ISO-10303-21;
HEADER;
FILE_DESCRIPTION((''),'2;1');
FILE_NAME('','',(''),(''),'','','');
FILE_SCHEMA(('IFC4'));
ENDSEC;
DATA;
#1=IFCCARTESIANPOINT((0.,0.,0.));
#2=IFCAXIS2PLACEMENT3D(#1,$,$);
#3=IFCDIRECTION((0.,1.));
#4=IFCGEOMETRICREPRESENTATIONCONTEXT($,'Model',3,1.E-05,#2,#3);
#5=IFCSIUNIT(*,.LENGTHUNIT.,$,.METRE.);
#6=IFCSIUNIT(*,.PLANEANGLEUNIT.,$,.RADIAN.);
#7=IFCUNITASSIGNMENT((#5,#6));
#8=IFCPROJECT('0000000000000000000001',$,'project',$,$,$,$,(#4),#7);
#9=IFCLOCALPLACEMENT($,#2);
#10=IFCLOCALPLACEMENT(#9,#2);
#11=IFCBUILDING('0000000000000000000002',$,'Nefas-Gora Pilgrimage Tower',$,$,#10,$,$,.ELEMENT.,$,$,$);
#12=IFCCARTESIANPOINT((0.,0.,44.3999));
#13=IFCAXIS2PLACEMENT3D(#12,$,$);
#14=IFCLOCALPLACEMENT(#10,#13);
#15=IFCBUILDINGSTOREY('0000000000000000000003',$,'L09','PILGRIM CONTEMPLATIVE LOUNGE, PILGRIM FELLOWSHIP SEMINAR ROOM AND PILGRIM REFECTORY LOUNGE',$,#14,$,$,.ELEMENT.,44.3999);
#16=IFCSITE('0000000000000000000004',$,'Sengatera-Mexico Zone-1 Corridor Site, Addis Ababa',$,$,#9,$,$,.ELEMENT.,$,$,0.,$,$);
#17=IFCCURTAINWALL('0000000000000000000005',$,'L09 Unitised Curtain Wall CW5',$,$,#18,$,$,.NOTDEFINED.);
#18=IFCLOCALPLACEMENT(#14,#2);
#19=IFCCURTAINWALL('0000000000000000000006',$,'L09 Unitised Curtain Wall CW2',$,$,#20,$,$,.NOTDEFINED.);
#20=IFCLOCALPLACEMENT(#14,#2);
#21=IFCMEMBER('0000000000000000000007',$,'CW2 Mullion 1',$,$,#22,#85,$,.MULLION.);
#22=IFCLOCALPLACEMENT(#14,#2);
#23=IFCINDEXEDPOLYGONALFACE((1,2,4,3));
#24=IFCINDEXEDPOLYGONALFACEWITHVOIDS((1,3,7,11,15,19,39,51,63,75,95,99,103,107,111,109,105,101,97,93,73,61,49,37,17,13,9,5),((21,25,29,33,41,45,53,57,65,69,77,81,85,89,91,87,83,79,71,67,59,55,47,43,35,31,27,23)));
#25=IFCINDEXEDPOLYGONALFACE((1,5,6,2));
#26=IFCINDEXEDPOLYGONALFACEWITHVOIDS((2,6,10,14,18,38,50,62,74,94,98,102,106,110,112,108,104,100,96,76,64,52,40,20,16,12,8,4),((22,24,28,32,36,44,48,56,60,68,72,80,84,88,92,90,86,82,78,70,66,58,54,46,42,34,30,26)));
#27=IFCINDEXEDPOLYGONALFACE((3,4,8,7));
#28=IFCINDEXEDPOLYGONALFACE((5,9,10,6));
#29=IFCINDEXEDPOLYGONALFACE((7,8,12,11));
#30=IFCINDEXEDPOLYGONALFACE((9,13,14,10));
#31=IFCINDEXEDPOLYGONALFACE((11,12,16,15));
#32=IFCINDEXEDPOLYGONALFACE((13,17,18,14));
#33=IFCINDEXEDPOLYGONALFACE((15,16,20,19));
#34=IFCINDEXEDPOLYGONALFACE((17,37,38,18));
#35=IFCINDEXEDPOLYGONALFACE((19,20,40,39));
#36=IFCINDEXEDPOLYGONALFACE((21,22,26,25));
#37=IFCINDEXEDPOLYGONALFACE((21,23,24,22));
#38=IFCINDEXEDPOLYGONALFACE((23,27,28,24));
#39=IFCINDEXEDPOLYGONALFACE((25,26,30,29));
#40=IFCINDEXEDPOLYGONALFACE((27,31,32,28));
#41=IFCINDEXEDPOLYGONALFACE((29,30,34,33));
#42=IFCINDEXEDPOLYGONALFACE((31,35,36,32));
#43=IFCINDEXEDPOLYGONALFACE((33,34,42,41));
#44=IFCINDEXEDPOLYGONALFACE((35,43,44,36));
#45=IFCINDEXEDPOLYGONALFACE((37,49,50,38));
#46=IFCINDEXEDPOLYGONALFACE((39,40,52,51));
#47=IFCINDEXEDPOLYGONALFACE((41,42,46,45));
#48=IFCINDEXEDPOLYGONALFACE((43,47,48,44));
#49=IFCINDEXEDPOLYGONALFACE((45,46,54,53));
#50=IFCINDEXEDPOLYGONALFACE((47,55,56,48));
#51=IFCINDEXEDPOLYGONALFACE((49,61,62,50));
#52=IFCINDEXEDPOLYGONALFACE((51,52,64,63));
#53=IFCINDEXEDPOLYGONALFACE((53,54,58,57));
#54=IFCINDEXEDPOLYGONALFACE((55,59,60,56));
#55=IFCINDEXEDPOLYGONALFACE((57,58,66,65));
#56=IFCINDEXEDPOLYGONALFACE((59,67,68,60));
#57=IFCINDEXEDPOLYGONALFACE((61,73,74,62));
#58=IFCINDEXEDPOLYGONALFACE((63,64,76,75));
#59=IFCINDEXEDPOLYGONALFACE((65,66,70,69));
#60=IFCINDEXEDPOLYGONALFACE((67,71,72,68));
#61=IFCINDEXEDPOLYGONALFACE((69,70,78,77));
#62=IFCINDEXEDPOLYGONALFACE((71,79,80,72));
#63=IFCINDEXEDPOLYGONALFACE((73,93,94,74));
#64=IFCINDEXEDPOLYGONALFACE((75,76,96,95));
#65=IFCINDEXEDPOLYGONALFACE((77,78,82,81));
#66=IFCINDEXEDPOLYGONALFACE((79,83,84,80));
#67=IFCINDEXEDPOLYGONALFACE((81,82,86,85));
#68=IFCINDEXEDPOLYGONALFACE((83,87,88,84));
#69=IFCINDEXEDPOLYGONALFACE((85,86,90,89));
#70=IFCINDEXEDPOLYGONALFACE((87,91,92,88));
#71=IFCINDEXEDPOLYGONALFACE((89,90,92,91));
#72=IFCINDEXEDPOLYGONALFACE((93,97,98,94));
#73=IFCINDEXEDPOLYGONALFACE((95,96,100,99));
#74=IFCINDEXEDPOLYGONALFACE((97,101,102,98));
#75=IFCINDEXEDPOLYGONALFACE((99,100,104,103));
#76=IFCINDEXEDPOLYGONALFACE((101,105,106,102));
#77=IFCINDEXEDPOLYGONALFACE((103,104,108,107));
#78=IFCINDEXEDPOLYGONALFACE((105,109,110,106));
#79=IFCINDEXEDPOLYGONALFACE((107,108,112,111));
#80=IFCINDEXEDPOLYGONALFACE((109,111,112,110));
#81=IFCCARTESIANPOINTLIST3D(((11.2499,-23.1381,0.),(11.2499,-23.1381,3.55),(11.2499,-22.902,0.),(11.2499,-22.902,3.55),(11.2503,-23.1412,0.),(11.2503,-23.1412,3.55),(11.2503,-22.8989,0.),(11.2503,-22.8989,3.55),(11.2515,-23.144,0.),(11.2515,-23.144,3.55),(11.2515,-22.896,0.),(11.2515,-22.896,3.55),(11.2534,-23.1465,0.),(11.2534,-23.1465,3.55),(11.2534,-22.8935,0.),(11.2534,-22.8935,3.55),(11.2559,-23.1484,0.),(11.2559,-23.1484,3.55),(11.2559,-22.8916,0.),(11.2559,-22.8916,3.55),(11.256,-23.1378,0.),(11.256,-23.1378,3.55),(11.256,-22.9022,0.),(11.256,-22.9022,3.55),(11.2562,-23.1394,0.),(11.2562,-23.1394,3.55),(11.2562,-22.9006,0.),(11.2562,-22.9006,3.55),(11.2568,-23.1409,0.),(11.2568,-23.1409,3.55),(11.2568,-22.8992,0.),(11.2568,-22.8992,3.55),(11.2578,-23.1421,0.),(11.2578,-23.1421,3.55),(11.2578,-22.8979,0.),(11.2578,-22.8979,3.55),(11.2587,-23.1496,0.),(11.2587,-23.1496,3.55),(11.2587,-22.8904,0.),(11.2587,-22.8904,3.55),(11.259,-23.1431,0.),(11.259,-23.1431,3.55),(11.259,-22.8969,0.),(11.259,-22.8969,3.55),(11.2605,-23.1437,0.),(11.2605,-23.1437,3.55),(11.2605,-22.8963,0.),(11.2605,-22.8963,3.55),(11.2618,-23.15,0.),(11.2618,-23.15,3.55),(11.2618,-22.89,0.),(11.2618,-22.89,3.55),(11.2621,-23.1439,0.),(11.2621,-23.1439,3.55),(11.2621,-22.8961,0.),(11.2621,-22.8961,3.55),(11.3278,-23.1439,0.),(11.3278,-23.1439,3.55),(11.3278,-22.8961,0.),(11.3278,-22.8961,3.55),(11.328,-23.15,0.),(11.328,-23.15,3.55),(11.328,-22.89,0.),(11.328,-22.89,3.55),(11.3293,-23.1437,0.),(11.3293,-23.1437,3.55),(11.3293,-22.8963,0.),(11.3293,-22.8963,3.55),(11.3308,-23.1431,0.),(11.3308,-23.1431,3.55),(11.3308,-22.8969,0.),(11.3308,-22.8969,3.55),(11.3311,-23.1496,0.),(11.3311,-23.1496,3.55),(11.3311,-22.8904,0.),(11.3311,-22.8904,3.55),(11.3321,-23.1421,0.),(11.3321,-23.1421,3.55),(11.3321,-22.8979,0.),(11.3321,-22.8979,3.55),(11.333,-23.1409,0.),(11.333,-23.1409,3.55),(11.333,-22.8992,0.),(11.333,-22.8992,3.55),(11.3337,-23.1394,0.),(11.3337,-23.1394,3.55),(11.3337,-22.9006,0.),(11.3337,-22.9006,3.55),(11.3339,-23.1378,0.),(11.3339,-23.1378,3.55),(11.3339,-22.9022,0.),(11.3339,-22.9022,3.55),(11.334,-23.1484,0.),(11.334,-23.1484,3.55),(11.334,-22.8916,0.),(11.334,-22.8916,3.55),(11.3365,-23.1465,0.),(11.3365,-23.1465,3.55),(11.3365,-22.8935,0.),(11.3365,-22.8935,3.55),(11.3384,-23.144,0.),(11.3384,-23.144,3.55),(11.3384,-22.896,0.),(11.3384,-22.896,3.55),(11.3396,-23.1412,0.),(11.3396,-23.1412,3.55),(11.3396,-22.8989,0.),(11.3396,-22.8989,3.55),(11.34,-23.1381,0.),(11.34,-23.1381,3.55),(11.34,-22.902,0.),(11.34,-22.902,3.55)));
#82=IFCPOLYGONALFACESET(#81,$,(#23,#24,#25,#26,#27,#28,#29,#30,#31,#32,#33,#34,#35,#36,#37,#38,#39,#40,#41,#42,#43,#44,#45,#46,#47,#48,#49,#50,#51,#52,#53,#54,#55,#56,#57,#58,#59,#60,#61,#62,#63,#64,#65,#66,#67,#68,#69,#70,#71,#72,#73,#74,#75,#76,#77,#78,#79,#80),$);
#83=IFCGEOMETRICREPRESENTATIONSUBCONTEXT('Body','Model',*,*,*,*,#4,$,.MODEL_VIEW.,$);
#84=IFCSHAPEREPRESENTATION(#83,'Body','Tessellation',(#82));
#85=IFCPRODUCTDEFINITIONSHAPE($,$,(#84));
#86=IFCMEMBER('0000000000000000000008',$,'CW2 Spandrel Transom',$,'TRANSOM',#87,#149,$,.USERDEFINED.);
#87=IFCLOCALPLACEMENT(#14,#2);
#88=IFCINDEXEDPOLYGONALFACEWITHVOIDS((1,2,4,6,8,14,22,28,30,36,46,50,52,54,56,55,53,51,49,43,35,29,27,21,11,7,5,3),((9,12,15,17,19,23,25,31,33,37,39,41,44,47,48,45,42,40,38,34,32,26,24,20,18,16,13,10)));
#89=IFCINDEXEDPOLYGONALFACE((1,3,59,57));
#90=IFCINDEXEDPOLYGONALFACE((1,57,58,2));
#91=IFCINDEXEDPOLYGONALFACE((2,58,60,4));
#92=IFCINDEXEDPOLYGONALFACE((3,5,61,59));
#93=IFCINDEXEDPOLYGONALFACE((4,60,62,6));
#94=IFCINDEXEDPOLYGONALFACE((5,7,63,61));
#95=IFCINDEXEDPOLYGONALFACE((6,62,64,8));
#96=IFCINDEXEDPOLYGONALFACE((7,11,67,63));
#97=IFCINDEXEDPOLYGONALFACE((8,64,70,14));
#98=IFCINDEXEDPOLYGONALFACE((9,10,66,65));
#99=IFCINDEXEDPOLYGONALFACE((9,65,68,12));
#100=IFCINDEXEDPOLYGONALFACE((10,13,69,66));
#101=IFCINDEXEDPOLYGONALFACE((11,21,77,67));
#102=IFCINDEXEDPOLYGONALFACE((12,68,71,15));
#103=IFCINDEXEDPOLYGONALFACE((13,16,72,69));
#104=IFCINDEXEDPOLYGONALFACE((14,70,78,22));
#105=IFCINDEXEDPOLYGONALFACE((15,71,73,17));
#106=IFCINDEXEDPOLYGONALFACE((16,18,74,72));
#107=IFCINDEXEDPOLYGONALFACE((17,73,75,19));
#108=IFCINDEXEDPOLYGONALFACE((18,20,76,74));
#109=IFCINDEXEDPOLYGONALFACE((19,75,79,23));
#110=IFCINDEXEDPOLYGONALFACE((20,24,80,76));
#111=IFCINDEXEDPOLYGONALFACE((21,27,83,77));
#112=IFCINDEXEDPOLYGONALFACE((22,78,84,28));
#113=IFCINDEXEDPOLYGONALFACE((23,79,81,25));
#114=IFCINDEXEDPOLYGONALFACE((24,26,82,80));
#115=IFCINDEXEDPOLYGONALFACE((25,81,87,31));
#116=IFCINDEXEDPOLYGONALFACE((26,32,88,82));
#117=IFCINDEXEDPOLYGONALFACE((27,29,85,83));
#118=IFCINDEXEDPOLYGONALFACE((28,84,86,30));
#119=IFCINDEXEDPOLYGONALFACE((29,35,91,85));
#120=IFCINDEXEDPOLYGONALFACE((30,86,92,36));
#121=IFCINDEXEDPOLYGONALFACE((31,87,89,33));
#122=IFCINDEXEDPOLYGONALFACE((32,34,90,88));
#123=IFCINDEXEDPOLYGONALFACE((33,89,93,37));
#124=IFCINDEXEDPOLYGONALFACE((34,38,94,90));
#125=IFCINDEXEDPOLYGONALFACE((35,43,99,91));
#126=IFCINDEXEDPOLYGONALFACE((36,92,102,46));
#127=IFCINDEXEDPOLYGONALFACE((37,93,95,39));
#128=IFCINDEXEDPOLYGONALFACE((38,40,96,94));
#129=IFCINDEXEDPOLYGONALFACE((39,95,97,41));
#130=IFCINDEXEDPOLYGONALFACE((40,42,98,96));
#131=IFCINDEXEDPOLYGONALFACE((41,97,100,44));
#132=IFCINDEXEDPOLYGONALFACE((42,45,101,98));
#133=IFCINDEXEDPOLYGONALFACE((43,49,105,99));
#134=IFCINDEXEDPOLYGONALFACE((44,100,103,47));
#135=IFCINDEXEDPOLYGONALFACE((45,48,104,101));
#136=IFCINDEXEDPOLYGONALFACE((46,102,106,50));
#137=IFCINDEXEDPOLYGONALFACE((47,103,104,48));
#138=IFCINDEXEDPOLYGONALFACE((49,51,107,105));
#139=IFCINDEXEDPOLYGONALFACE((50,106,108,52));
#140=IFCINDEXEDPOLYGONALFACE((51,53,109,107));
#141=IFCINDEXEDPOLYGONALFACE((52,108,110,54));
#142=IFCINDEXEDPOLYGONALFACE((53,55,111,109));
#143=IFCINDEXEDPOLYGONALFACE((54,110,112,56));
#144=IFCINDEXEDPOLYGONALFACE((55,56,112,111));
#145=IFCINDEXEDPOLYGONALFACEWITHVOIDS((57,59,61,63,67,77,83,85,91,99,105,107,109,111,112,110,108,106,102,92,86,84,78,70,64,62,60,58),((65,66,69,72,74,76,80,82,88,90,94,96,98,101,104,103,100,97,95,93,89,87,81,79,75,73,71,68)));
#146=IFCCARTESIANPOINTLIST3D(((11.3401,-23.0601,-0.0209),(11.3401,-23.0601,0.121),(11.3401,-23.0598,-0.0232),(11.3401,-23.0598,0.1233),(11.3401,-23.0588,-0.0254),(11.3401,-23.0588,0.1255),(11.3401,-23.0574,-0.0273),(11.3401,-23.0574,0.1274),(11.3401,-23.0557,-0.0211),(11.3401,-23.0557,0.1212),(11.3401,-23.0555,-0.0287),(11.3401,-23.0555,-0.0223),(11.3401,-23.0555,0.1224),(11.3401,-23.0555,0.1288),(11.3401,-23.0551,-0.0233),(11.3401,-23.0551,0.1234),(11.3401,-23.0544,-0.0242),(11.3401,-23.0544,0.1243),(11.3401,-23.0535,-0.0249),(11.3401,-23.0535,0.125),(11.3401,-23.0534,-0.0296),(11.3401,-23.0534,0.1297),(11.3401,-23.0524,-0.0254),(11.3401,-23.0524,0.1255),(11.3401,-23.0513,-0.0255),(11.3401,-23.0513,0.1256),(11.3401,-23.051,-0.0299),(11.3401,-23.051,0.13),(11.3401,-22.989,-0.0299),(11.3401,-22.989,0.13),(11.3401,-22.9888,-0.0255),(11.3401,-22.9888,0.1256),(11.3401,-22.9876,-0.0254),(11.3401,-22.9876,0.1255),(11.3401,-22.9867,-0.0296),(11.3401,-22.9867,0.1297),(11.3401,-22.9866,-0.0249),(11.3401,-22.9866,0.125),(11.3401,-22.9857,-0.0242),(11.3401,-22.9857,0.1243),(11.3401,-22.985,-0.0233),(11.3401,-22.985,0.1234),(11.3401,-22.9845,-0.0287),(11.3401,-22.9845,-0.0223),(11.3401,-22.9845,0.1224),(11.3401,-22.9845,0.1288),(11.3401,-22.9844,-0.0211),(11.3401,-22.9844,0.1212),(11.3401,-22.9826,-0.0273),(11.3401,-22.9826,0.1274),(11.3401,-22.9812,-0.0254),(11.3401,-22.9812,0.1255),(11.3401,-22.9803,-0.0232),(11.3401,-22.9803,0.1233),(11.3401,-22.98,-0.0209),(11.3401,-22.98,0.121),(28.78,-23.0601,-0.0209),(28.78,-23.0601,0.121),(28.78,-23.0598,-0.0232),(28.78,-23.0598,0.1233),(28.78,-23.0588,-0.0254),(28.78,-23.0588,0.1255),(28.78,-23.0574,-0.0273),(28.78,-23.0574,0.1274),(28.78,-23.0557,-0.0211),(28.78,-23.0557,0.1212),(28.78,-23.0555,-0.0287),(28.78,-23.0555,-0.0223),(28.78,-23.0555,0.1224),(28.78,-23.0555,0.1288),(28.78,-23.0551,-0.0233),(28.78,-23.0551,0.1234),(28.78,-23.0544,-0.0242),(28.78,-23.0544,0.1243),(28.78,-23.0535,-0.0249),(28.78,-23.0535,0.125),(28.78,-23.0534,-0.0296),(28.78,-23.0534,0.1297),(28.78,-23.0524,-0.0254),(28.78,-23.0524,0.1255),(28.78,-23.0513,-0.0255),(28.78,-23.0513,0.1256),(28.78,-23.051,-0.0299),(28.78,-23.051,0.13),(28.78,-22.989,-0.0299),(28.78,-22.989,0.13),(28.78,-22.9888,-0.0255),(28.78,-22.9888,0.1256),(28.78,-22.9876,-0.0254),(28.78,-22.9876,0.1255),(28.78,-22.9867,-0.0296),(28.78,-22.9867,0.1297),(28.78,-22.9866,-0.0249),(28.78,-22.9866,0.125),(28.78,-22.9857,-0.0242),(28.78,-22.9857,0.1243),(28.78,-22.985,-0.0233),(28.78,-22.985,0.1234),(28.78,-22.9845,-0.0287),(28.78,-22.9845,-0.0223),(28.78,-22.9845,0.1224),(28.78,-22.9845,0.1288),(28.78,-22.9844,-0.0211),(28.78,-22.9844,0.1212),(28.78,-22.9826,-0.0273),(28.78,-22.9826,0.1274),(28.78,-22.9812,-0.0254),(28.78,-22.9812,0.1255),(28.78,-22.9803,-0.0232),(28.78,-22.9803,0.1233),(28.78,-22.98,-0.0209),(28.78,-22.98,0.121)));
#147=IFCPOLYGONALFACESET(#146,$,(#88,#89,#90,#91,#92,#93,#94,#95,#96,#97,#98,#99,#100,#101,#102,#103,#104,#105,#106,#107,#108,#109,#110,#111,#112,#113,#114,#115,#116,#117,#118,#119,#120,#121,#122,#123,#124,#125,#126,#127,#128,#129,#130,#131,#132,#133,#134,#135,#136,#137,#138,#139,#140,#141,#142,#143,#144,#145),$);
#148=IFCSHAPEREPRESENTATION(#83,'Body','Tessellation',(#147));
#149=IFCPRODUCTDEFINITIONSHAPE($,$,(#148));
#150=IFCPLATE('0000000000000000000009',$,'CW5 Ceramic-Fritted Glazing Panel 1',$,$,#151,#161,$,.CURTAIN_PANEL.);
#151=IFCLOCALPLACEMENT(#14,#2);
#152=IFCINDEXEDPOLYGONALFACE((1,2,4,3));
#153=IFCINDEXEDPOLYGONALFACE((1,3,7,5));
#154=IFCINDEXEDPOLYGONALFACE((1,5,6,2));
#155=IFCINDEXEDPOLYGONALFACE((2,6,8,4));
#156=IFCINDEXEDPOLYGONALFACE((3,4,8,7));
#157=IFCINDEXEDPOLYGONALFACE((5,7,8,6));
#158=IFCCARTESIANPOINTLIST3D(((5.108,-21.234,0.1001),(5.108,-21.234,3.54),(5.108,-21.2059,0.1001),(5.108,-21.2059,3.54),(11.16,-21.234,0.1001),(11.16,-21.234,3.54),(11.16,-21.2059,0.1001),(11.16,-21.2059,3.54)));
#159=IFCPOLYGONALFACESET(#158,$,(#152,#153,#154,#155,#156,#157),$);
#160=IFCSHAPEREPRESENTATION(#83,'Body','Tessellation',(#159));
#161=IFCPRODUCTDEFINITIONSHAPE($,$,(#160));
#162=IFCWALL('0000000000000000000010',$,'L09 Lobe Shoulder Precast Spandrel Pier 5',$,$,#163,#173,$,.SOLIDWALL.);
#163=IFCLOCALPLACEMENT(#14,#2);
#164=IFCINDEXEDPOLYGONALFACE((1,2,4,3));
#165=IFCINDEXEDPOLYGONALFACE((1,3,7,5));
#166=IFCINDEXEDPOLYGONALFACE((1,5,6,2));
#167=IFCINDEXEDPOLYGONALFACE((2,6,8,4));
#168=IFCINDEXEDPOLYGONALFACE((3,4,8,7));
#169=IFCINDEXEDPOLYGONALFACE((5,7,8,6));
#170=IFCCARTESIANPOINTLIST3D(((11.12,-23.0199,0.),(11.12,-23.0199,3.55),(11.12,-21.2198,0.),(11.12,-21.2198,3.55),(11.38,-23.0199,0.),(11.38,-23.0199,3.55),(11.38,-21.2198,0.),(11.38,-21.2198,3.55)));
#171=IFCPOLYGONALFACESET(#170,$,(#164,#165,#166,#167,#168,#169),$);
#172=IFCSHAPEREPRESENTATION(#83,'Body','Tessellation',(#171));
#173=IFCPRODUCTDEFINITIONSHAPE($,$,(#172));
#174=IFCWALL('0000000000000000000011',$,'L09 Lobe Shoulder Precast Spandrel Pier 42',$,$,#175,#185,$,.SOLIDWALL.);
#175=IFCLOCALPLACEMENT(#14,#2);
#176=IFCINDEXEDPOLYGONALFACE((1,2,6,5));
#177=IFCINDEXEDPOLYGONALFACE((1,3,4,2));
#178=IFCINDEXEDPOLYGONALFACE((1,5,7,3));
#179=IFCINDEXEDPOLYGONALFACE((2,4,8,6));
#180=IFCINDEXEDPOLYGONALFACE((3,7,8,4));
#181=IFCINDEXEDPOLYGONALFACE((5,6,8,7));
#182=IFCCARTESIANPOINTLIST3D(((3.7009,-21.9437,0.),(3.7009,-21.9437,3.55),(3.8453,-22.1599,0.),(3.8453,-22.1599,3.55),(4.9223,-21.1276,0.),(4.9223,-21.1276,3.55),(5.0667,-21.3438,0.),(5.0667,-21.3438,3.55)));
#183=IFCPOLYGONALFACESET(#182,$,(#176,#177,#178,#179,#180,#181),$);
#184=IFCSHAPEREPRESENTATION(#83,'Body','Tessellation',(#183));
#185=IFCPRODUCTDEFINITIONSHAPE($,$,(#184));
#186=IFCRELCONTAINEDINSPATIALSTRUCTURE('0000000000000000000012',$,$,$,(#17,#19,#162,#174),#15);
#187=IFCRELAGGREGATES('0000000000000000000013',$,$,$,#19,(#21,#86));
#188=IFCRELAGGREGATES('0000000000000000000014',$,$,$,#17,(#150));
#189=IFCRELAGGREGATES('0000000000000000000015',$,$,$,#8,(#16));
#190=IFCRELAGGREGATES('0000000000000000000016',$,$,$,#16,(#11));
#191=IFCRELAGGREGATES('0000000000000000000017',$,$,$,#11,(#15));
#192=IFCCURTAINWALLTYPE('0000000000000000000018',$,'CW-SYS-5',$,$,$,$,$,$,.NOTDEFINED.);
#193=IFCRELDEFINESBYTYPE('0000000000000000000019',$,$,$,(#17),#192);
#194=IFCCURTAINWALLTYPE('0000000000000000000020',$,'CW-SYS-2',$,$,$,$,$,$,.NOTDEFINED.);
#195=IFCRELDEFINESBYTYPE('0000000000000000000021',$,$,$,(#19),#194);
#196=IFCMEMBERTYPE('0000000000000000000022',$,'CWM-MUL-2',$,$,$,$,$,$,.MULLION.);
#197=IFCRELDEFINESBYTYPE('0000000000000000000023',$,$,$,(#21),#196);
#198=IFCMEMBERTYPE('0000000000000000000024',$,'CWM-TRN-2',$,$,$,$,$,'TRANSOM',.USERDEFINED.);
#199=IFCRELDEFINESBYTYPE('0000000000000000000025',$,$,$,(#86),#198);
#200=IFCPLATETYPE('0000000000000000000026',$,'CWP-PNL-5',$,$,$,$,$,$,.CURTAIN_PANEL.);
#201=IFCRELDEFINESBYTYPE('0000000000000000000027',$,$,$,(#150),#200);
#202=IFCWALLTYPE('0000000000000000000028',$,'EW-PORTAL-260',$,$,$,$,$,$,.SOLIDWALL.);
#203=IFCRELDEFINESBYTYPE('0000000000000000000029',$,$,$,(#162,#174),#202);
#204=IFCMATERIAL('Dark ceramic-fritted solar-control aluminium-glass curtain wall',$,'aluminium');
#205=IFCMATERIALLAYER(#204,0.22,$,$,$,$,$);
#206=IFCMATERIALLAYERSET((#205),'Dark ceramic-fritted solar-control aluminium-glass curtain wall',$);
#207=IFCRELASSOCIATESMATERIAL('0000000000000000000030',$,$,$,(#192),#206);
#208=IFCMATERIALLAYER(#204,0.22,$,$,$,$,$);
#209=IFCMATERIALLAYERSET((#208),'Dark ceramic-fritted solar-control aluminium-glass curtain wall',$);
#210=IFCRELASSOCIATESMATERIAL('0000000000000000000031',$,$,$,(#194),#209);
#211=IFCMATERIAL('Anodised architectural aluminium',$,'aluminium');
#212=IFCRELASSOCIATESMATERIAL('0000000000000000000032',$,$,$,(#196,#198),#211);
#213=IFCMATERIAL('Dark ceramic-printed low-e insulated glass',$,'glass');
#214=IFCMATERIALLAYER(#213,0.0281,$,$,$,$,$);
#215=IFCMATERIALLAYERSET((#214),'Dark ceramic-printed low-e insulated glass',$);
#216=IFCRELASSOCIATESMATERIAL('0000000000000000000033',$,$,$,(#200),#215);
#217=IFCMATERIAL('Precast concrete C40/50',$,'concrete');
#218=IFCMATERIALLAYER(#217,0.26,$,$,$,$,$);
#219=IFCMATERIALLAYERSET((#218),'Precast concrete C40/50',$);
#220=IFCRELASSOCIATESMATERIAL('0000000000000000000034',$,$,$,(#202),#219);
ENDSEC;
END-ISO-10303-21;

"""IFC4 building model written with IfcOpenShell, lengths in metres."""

from ifc_helpers import new_model, si_unit, direction, frame, frame_2d, origin, origin_2d, place, context, subcontext, project, spatial, rectangle, hollow_rectangle, extrude, source, transform, mapped, material, layer, layer_set, material_profile, profile_set, type_object, element, aggregate, save


model = new_model("IFC4")

# Units and contexts
model_context = context("Model", 3, precision=1e-05, world=origin(), true_north=direction((0.0, 1.0)))
body_context = subcontext(model_context, "Body", "Model", "MODEL_VIEW")
ifc_project = project(units=[si_unit("LENGTHUNIT", "METRE"), si_unit("PLANEANGLEUNIT", "RADIAN")], contexts=[model_context])

# Site, building, storey
site_placement = place(None, origin())
site = spatial("IfcSite", under=ifc_project, at=site_placement, Name="Sengatera-Mexico Zone-1 Corridor Site, Addis Ababa", CompositionType="ELEMENT", RefElevation=0.0)
building_placement = place(site_placement, origin())
building = spatial("IfcBuilding", under=site, at=building_placement, Name="Nefas-Gora Pilgrimage Tower", CompositionType="ELEMENT")
storey_placement = place(building_placement, frame((0.0, 0.0, 44.3999)))
storey = spatial("IfcBuildingStorey", under=building, at=storey_placement, Name="L09", Description="PILGRIM CONTEMPLATIVE LOUNGE, PILGRIM FELLOWSHIP SEMINAR ROOM AND PILGRIM REFECTORY LOUNGE", CompositionType="ELEMENT", Elevation=44.3999)

# Curtain wall
ifc_material_1 = material(Name="Dark ceramic-fritted solar-control aluminium-glass curtain wall", Category="aluminium")
ifc_layer_1 = layer(ifc_material_1, 0.22)
ifc_layer_set_1 = layer_set([ifc_layer_1], Name="Dark ceramic-fritted solar-control aluminium-glass curtain wall")
curtain_wall_type_1 = type_object("IfcCurtainWallType", Name="CW-SYS-5", PredefinedType="NOTDEFINED", material=ifc_layer_set_1)
curtain_wall_1_placement = place(storey_placement, origin())
curtain_wall_1 = element("IfcCurtainWall", 1, at=curtain_wall_1_placement, inside=storey, type_object=curtain_wall_type_1, Name="L09 Unitised Curtain Wall CW5", PredefinedType="NOTDEFINED")
ifc_material_2 = material(Name="Anodised architectural aluminium", Category="aluminium")

# Curtain wall, members
ifc_layer_2 = layer(ifc_material_1, 0.22)
ifc_layer_set_2 = layer_set([ifc_layer_2], Name="Dark ceramic-fritted solar-control aluminium-glass curtain wall")
curtain_wall_type_2 = type_object("IfcCurtainWallType", Name="CW-SYS-2", PredefinedType="NOTDEFINED", material=ifc_layer_set_2)
curtain_wall_2_placement = place(storey_placement, origin())
curtain_wall_2 = element("IfcCurtainWall", 2, at=curtain_wall_2_placement, inside=storey, type_object=curtain_wall_type_2, Name="L09 Unitised Curtain Wall CW2", PredefinedType="NOTDEFINED")
ifc_material_profile_1 = material_profile(ifc_material_2, hollow_rectangle(XDim=0.0901, YDim=0.26, WallThickness=0.0061, InnerFilletRadius=0.0061, OuterFilletRadius=0.012, at=origin_2d()), Name="ALU MULLION 90x260")
ifc_profile_set_1 = profile_set([ifc_material_profile_1], Name="Anodised architectural aluminium")
member_type_1 = type_object("IfcMemberType", Name="CWM-MUL-2", PredefinedType="MULLION", material=ifc_profile_set_1)
shared_shape_1 = source(origin(), body_context, "Body", "SweptSolid", [
    extrude(hollow_rectangle(XDim=0.0901, YDim=0.26, WallThickness=0.0061, InnerFilletRadius=0.0061, OuterFilletRadius=0.012, at=origin_2d()), origin(), (0.0, 0.0, 1.0), 3.55),
])
member_1_placement = place(storey_placement, frame((11.2949, -23.02, 0.0), z_axis=(0.0, 0.0, 1.0), x_axis=(1.0, 0.0, 0.0)))
member_1 = element("IfcMember", 3, at=member_1_placement, type_object=member_type_1, Name="CW2 Mullion 1", PredefinedType="MULLION", context=body_context, shape_type="MappedRepresentation", body=[
    mapped(shared_shape_1, transform((0.0, 0.0, 0.0), x_axis=(1.0, 0.0, 0.0), y_axis=(0.0, 1.0, 0.0), z_axis=(0.0, 0.0, 1.0), scale=1.0)),
])
ifc_material_profile_2 = material_profile(ifc_material_2, hollow_rectangle(XDim=0.0801, YDim=0.1599, WallThickness=0.0044, InnerFilletRadius=0.0044, OuterFilletRadius=0.009, at=origin_2d()), Name="ALU TRANSOM 80x160")
ifc_profile_set_2 = profile_set([ifc_material_profile_2], Name="Anodised architectural aluminium")
member_type_2 = type_object("IfcMemberType", Name="CWM-TRN-2", ElementType="TRANSOM", PredefinedType="USERDEFINED", material=ifc_profile_set_2)
shared_shape_2 = source(origin(), body_context, "Body", "SweptSolid", [
    extrude(hollow_rectangle(XDim=0.0801, YDim=0.1599, WallThickness=0.0044, InnerFilletRadius=0.0044, OuterFilletRadius=0.009, at=origin_2d()), origin(), (0.0, 0.0, 1.0), 17.4399),
])
member_2_placement = place(storey_placement, frame((11.3401, -23.02, 0.05), z_axis=(1.0, 0.0, 0.0), x_axis=(0.0, 1.0, 0.0)))
member_2 = element("IfcMember", 4, at=member_2_placement, type_object=member_type_2, Name="CW2 Spandrel Transom", ObjectType="TRANSOM", PredefinedType="USERDEFINED", context=body_context, shape_type="MappedRepresentation", body=[
    mapped(shared_shape_2, transform((0.0, 0.0, 0.0), x_axis=(1.0, 0.0, 0.0), y_axis=(0.0, 1.0, 0.0), z_axis=(0.0, 0.0, 1.0), scale=1.0)),
])
aggregate(curtain_wall_2, [member_1, member_2])

# Plate
ifc_material_3 = material(Name="Dark ceramic-printed low-e insulated glass", Category="glass")
ifc_layer_3 = layer(ifc_material_3, 0.0281)
ifc_layer_set_3 = layer_set([ifc_layer_3], Name="Dark ceramic-printed low-e insulated glass")
plate_type = type_object("IfcPlateType", Name="CWP-PNL-5", PredefinedType="CURTAIN_PANEL", material=ifc_layer_set_3)
shared_shape_3 = source(origin(), body_context, "Body", "SweptSolid", [
    extrude(rectangle(XDim=6.052, YDim=0.0281, at=origin_2d()), origin(), (0.0, 0.0, 1.0), 3.4399),
])
plate_placement = place(storey_placement, frame((8.134, -21.22, 0.1001), z_axis=(0.0, 0.0, 1.0), x_axis=(1.0, 0.0, 0.0)))
plate = element("IfcPlate", 5, at=plate_placement, type_object=plate_type, Name="CW5 Ceramic-Fritted Glazing Panel 1", PredefinedType="CURTAIN_PANEL", context=body_context, shape_type="MappedRepresentation", body=[
    mapped(shared_shape_3, transform((0.0, 0.0, 0.0), x_axis=(1.0, 0.0, 0.0), y_axis=(0.0, 1.0, 0.0), z_axis=(0.0, 0.0, 1.0), scale=1.0)),
])
aggregate(curtain_wall_1, [plate])

# Walls
ifc_material_4 = material(Name="Precast concrete C40/50", Category="concrete")
ifc_layer_4 = layer(ifc_material_4, 0.26)
ifc_layer_set_4 = layer_set([ifc_layer_4], Name="Precast concrete C40/50")
wall_type_1 = type_object("IfcWallType", Name="EW-PORTAL-260", PredefinedType="SOLIDWALL", material=ifc_layer_set_4)
shared_shape_4 = source(origin(), body_context, "Body", "SweptSolid", [
    extrude(rectangle(XDim=1.8, YDim=0.26, at=frame_2d((0.8999, 0.0))), origin(), (0.0, 0.0, 1.0), 3.55),
])
wall_1_placement = place(storey_placement, frame((11.25, -21.22, 0.0), z_axis=(0.0, 0.0, 1.0), x_axis=(0.0, -1.0, 0.0)))
element("IfcWall", 6, at=wall_1_placement, inside=storey, type_object=wall_type_1, Name="L09 Lobe Shoulder Precast Spandrel Pier 5", PredefinedType="SOLIDWALL", context=body_context, shape_type="MappedRepresentation", body=[
    mapped(shared_shape_4, transform((0.0, 0.0, 0.0), x_axis=(1.0, 0.0, 0.0), y_axis=(0.0, 1.0, 0.0), z_axis=(0.0, 0.0, 1.0), scale=1.0)),
])
shared_shape_5 = source(origin(), body_context, "Body", "SweptSolid", [
    extrude(rectangle(XDim=1.469, YDim=0.26, at=frame_2d((0.7344, 0.0))), origin(), (0.0, 0.0, 1.0), 3.55),
])
wall_2_placement = place(storey_placement, frame((3.7732, -22.0518, 0.0), z_axis=(0.0, 0.0, 1.0), x_axis=(0.831462, 0.555582, 0.0)))
element("IfcWall", 7, at=wall_2_placement, inside=storey, type_object=wall_type_1, Name="L09 Lobe Shoulder Precast Spandrel Pier 42", PredefinedType="SOLIDWALL", context=body_context, shape_type="MappedRepresentation", body=[
    mapped(shared_shape_5, transform((0.0, 0.0, 0.0), x_axis=(1.0, 0.0, 0.0), y_axis=(0.0, 1.0, 0.0), z_axis=(0.0, 0.0, 1.0), scale=1.0)),
])

save(model, "model.ifc")
